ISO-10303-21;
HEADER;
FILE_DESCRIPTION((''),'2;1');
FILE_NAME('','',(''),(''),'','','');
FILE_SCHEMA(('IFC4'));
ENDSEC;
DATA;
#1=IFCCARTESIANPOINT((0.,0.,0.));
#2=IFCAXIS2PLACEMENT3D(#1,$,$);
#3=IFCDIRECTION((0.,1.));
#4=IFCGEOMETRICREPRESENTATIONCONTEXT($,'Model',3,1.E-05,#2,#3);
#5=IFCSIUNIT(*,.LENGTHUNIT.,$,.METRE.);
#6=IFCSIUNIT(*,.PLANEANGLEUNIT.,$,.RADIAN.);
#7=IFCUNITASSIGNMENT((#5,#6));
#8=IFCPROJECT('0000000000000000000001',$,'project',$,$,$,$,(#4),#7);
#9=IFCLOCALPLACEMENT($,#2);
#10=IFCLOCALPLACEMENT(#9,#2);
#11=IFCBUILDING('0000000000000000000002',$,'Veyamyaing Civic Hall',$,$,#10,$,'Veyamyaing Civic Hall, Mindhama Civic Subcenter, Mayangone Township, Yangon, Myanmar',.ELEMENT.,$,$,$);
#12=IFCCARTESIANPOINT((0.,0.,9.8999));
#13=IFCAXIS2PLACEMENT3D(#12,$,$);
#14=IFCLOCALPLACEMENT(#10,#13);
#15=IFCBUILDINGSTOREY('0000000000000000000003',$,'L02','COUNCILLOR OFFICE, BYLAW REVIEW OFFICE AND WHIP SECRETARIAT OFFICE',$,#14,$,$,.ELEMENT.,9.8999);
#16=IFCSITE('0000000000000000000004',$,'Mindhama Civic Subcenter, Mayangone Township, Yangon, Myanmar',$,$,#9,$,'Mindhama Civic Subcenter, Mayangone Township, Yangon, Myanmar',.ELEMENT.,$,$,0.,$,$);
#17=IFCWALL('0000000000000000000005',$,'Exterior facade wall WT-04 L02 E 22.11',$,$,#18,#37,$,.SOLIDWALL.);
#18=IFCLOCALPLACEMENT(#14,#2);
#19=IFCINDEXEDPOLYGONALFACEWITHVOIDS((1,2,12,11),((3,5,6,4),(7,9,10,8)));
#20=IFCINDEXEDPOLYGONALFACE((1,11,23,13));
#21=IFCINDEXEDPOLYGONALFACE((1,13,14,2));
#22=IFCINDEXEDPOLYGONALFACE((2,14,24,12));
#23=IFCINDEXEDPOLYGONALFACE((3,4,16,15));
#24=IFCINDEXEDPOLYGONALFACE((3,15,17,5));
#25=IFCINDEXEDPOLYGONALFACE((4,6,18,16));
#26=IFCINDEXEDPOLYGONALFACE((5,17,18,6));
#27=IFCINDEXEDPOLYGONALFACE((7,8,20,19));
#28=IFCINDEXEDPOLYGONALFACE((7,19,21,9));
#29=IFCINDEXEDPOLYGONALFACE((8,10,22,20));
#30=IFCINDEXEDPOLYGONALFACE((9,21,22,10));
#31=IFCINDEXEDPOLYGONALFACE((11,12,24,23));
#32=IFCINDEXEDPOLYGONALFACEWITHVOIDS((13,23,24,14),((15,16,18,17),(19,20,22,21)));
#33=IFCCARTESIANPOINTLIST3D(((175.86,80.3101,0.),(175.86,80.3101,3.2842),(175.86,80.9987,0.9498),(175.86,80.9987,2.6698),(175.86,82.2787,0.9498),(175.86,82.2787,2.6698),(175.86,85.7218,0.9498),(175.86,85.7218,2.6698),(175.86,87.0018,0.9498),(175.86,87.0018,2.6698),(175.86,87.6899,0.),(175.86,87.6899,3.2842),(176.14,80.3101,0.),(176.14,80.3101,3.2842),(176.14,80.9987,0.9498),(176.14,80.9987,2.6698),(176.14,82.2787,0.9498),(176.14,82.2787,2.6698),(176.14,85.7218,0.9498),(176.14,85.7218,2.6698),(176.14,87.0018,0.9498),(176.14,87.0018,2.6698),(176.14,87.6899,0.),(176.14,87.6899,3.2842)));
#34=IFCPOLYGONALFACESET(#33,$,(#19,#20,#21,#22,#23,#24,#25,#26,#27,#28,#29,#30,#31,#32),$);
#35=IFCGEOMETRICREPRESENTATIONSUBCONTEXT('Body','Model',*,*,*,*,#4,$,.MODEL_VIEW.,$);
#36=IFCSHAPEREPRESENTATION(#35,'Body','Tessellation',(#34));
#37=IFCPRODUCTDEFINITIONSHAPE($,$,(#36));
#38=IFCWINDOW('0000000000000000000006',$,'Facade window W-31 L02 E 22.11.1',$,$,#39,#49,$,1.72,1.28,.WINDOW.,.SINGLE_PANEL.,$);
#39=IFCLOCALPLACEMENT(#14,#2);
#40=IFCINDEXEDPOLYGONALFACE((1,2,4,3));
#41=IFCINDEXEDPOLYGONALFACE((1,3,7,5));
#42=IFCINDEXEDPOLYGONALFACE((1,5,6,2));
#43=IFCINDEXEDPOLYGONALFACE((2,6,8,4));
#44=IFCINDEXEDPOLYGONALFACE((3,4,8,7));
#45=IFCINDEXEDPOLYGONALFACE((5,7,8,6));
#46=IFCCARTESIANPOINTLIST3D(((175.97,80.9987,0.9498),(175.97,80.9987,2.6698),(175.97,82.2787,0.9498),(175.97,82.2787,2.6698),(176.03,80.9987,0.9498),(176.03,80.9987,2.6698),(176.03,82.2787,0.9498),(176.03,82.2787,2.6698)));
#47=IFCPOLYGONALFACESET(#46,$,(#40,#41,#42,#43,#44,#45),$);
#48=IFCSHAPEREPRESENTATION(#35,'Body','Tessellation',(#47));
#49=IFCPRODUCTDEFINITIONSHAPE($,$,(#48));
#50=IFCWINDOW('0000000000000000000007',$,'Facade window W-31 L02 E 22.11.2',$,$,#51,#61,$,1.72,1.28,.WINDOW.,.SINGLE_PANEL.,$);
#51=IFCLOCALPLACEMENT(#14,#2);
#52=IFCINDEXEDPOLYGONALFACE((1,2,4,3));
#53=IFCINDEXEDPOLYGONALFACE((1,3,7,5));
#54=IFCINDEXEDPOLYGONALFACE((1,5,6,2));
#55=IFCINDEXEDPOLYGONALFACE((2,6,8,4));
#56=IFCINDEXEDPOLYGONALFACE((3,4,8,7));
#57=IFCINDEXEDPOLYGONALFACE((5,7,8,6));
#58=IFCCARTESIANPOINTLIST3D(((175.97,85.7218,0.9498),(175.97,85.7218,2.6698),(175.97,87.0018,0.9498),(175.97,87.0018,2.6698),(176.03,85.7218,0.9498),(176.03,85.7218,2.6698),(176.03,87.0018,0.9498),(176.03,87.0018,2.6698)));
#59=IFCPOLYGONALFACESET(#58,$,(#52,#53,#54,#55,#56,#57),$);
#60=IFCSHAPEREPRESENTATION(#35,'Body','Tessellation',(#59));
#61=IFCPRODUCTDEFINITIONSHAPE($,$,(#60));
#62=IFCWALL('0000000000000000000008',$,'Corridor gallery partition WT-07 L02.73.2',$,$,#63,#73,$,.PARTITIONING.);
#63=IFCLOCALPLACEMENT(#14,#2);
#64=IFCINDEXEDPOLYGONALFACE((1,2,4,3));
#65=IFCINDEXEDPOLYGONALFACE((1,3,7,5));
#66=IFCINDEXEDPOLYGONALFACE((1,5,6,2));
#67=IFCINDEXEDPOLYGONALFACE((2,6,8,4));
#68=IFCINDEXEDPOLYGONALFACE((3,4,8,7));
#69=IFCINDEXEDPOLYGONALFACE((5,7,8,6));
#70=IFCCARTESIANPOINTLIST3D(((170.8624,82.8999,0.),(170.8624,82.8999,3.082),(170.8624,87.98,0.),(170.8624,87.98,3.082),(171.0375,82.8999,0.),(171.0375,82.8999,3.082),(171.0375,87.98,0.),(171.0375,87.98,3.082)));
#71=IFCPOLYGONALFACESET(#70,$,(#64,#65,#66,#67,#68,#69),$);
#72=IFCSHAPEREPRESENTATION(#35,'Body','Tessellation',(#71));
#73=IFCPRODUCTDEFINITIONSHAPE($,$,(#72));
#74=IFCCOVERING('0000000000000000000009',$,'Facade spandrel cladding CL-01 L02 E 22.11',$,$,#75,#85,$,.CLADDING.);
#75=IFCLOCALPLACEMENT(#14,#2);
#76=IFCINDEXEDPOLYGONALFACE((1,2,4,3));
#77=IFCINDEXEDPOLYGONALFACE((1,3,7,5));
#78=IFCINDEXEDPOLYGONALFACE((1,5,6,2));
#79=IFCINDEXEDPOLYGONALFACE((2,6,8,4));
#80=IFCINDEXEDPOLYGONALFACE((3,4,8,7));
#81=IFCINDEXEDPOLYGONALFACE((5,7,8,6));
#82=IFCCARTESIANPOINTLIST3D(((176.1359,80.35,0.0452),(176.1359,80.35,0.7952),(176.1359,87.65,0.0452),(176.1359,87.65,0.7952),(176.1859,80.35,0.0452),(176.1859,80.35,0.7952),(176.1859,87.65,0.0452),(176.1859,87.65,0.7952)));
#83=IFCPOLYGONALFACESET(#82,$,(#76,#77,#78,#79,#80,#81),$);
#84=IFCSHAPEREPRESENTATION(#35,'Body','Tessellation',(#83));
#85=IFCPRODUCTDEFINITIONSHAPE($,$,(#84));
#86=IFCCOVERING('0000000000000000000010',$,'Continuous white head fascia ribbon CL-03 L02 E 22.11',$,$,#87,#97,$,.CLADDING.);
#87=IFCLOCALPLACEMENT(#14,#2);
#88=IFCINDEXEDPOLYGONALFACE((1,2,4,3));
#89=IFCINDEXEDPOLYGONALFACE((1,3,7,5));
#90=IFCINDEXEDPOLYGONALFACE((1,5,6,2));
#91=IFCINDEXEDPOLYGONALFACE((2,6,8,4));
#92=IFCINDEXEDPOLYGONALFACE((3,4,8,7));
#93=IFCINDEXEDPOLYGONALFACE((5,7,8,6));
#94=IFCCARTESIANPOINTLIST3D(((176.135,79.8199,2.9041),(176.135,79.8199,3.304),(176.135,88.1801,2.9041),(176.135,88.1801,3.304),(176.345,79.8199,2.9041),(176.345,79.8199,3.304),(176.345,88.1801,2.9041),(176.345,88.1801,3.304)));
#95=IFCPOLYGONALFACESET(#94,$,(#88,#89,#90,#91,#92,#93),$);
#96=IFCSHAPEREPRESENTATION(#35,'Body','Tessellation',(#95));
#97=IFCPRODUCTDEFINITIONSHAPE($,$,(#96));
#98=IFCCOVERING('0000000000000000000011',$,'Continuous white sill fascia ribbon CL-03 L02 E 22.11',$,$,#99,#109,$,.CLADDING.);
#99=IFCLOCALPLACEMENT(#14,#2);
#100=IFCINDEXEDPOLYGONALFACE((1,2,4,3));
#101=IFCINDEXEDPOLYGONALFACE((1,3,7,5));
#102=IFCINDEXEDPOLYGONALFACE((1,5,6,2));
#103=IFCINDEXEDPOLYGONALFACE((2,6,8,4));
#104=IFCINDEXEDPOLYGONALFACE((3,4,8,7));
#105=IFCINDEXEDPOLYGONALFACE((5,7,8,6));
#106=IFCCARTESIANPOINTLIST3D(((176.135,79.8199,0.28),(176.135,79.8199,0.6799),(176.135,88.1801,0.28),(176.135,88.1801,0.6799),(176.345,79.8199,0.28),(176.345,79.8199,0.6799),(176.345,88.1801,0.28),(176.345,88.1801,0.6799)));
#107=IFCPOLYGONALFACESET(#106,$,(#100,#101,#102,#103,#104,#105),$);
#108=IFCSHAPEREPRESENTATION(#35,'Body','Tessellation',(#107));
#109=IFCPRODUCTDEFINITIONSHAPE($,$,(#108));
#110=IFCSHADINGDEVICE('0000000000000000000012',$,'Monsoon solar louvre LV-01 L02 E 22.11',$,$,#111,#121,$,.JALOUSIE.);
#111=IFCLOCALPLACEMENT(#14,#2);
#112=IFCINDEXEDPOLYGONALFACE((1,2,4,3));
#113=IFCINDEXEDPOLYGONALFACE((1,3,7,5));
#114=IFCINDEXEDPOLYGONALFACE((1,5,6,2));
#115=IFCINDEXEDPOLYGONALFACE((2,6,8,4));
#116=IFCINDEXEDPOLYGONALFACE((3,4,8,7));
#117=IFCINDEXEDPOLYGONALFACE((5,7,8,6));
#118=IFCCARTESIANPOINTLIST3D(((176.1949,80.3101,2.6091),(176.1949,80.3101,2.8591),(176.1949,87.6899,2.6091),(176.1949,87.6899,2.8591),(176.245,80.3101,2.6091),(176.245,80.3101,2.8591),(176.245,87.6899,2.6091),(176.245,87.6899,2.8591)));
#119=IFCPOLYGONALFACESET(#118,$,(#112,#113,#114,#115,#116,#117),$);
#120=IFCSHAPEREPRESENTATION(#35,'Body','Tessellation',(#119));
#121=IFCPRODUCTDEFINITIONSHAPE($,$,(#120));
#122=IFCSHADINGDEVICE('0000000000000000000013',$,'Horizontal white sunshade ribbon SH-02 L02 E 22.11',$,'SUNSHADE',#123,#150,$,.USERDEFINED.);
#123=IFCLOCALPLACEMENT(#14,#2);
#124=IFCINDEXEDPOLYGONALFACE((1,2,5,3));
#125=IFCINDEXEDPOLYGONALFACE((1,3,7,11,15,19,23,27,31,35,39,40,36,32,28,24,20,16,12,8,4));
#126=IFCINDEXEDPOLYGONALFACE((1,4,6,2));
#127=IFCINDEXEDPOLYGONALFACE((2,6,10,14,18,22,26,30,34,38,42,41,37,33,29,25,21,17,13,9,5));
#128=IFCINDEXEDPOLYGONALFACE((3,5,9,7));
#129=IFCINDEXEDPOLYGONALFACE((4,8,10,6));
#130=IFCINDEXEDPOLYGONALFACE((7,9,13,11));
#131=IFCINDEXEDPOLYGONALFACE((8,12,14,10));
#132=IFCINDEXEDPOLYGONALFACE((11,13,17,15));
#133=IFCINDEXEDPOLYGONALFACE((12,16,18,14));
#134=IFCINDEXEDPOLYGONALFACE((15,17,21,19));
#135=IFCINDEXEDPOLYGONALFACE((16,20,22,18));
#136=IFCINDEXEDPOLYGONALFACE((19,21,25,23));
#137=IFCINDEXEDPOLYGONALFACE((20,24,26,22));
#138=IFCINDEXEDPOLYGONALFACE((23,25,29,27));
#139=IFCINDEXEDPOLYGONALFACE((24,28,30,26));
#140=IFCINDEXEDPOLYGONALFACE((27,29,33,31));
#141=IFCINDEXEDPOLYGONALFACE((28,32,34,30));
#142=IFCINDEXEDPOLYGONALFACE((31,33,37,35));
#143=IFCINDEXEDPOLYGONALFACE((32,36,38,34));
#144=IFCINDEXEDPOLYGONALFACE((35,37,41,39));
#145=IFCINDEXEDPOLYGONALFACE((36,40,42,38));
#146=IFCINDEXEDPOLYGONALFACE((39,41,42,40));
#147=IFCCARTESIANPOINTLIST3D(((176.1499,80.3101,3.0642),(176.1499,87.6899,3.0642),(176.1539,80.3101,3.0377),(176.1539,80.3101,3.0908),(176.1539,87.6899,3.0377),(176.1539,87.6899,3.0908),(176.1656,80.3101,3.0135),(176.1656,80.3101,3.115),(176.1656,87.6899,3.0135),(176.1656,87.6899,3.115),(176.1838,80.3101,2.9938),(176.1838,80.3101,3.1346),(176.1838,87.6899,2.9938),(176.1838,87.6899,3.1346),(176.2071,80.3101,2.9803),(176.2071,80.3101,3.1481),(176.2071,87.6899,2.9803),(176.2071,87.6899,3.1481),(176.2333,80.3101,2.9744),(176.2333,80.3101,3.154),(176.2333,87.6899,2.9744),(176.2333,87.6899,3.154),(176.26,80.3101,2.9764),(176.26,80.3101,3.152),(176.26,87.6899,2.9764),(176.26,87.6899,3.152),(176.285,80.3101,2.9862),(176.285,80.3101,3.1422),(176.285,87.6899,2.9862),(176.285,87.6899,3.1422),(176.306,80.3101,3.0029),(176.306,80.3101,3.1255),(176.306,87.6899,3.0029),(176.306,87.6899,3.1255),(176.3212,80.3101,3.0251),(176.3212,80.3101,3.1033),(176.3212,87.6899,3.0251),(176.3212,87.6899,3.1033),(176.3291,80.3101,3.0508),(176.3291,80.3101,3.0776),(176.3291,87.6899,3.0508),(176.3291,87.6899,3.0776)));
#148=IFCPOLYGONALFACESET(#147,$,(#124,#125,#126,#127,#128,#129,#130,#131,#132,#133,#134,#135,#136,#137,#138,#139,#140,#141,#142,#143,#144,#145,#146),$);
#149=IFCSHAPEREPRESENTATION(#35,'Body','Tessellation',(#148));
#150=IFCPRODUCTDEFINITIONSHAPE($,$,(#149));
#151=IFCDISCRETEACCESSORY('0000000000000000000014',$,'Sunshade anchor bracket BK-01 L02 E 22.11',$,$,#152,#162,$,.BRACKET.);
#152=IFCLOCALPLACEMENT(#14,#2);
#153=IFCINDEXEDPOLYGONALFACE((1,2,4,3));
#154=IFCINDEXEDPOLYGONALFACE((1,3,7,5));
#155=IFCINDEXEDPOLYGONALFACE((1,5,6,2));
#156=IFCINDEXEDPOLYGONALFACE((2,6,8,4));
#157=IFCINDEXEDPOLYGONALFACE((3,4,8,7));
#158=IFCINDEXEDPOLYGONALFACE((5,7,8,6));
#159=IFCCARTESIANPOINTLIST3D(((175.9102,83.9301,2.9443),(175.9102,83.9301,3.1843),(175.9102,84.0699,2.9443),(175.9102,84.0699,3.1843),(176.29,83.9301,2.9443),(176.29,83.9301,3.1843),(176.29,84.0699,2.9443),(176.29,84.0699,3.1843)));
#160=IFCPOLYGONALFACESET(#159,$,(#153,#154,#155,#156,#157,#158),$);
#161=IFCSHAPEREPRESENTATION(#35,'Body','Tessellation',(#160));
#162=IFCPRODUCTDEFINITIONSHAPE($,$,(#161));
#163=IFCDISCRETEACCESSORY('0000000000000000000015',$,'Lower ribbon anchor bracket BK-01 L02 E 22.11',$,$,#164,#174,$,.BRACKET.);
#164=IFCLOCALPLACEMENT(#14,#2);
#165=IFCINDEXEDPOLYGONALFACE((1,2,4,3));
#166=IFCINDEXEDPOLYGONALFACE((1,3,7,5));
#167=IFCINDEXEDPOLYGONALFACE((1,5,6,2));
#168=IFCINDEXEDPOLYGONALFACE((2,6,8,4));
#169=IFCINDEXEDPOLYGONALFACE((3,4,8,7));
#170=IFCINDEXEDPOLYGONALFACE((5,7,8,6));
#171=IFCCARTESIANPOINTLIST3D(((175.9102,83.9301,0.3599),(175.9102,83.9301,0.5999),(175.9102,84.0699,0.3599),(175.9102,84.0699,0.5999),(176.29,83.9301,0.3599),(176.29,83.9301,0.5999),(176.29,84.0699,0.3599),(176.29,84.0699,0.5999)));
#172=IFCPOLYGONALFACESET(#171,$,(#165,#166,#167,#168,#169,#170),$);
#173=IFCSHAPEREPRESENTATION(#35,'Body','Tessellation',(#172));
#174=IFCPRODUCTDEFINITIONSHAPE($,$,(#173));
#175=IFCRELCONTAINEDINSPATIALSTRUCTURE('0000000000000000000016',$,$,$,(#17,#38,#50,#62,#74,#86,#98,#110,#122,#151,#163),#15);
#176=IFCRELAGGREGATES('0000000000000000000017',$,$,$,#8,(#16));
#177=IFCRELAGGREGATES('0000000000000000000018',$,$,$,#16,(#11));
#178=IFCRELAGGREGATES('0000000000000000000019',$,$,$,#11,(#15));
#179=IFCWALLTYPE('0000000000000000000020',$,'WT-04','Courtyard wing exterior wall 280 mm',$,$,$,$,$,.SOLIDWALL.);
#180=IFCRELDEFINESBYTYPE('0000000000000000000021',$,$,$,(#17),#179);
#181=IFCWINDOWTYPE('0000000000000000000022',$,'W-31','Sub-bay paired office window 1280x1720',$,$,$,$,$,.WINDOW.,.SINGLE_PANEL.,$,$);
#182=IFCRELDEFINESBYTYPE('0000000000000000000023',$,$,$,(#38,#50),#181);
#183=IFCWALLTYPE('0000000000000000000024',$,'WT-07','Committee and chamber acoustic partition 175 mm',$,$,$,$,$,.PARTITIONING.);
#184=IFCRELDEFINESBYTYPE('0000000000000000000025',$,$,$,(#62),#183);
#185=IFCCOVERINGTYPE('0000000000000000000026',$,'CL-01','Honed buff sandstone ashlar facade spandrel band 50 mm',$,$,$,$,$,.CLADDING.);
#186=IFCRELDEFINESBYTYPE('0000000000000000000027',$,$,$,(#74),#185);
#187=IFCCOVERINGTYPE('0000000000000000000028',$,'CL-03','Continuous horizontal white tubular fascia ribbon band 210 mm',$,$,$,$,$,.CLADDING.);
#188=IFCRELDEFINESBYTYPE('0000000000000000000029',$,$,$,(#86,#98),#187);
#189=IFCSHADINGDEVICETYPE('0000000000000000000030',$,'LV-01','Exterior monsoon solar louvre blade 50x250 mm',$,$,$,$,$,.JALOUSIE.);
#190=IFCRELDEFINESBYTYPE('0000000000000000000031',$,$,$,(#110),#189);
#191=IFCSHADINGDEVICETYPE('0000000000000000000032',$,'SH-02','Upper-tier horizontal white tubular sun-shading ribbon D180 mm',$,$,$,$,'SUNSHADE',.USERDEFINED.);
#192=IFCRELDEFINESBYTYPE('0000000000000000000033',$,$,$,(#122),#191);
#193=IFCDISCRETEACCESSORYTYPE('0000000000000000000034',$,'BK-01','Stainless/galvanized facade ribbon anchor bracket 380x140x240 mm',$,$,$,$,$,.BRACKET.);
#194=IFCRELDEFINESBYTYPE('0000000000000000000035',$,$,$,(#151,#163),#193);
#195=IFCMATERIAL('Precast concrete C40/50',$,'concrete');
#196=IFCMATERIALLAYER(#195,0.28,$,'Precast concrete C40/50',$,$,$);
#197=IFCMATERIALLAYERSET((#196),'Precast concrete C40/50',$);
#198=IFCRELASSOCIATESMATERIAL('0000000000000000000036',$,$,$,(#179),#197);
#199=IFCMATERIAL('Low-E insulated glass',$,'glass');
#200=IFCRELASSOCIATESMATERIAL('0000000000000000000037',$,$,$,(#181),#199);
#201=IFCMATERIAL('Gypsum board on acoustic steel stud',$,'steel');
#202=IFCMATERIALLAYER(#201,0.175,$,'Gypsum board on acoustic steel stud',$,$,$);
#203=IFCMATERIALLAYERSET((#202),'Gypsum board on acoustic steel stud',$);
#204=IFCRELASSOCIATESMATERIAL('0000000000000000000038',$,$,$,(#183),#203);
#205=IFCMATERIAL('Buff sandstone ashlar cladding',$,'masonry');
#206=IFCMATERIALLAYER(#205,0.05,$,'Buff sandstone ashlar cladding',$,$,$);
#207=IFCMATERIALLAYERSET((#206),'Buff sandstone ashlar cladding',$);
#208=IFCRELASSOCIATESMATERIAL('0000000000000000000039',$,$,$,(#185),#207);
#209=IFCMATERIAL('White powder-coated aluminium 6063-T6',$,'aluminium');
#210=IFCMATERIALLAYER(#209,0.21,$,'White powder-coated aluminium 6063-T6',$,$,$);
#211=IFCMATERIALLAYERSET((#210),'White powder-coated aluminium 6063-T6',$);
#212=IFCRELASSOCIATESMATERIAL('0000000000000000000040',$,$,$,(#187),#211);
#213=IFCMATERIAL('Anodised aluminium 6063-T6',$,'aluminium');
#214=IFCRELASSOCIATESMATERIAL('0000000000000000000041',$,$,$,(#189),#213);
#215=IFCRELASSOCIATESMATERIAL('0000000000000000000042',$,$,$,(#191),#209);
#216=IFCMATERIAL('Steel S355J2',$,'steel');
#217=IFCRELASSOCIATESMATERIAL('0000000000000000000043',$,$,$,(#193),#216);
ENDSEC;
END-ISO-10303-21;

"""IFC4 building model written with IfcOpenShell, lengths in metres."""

from ifc_helpers import new_model, si_unit, direction, frame, frame_2d, origin, origin_2d, place, context, subcontext, project, spatial, rectangle, circle, extrude, material, layer, layer_set, material_profile, profile_set, type_object, element, fill, save


model = new_model("IFC4")

# Units and contexts
model_context = context("Model", 3, precision=1e-05, world=origin(), true_north=direction((0.0, 1.0)))
body_context = subcontext(model_context, "Body", "Model", "MODEL_VIEW")
ifc_project = project(units=[si_unit("LENGTHUNIT", "METRE"), si_unit("PLANEANGLEUNIT", "RADIAN")], contexts=[model_context])

# Site, building, storey
site_placement = place(None, origin())
site = spatial("IfcSite", under=ifc_project, at=site_placement, Name="Mindhama Civic Subcenter, Mayangone Township, Yangon, Myanmar", LongName="Mindhama Civic Subcenter, Mayangone Township, Yangon, Myanmar", CompositionType="ELEMENT", RefElevation=0.0)
building_placement = place(site_placement, origin())
building = spatial("IfcBuilding", under=site, at=building_placement, Name="Veyamyaing Civic Hall", LongName="Veyamyaing Civic Hall, Mindhama Civic Subcenter, Mayangone Township, Yangon, Myanmar", CompositionType="ELEMENT")
storey_placement = place(building_placement, frame((0.0, 0.0, 9.8999)))
storey = spatial("IfcBuildingStorey", under=building, at=storey_placement, Name="L02", Description="COUNCILLOR OFFICE, BYLAW REVIEW OFFICE AND WHIP SECRETARIAT OFFICE", CompositionType="ELEMENT", Elevation=9.8999)

# Shared definitions
ifc_material_1 = material(Name="Anodised aluminium 6063-T6", Category="aluminium")
ifc_material_2 = material(Name="Low-E insulated glass", Category="glass")

# Wall, openings, windows
ifc_material_3 = material(Name="Precast concrete C40/50", Category="concrete")
ifc_layer_1 = layer(ifc_material_3, 0.28, Name="Precast concrete C40/50")
ifc_layer_set_1 = layer_set([ifc_layer_1], Name="Precast concrete C40/50")
wall_type_1 = type_object("IfcWallType", Name="WT-04", Description="Courtyard wing exterior wall 280 mm", PredefinedType="SOLIDWALL", material=ifc_layer_set_1)
wall_1_placement = place(storey_placement, frame((176.0, 80.3101, 0.0), z_axis=(0.0, 0.0, 1.0), x_axis=(0.0, 1.0, 0.0)))
wall_1 = element("IfcWall", 1, at=wall_1_placement, inside=storey, type_object=wall_type_1, Name="Exterior facade wall WT-04 L02 E 22.11", PredefinedType="SOLIDWALL", context=body_context, shape_type="SweptSolid", body=[
    extrude(rectangle(XDim=7.3799, YDim=0.28, at=frame_2d((3.6899, 0.0))), origin(), (0.0, 0.0, 1.0), 3.2842),
])
opening_1_placement = place(wall_1_placement, frame((0.6885, 0.0, 0.95)))
opening_1 = element("IfcOpeningElement", 2, at=opening_1_placement, cuts=wall_1, PredefinedType="OPENING", context=body_context, shape_type="SweptSolid", body=[
    extrude(rectangle(XDim=1.28, YDim=1.72, at=frame_2d((0.6401, 0.8599))), frame((0.0, 0.1499, 0.0), z_axis=(0.0, -1.0, 0.0), x_axis=(1.0, 0.0, 0.0)), (0.0, 0.0, 1.0), 0.3),
])
opening_2_placement = place(wall_1_placement, frame((5.4116, 0.0, 0.95)))
opening_2 = element("IfcOpeningElement", 3, at=opening_2_placement, cuts=wall_1, PredefinedType="OPENING", context=body_context, shape_type="SweptSolid", body=[
    extrude(rectangle(XDim=1.28, YDim=1.72, at=frame_2d((0.6401, 0.8599))), frame((0.0, 0.1499, 0.0), z_axis=(0.0, -1.0, 0.0), x_axis=(1.0, 0.0, 0.0)), (0.0, 0.0, 1.0), 0.3),
])
window_type = type_object("IfcWindowType", Name="W-31", Description="Sub-bay paired office window 1280x1720", PartitioningType="SINGLE_PANEL", PredefinedType="WINDOW", material=ifc_material_2)
window_1_placement = place(opening_1_placement, origin())
window_1 = element("IfcWindow", 4, at=window_1_placement, inside=storey, type_object=window_type, Name="Facade window W-31 L02 E 22.11.1", OverallHeight=1.72, OverallWidth=1.28, PartitioningType="SINGLE_PANEL", PredefinedType="WINDOW", context=body_context, shape_type="SweptSolid", body=[
    extrude(rectangle(XDim=1.28, YDim=1.72, at=frame_2d((0.6401, 0.8599))), frame((0.0, 0.03, 0.0), z_axis=(0.0, -1.0, 0.0), x_axis=(1.0, 0.0, 0.0)), (0.0, 0.0, 1.0), 0.0601),
])
fill(opening_1, window_1)
window_2_placement = place(opening_2_placement, origin())
window_2 = element("IfcWindow", 5, at=window_2_placement, inside=storey, type_object=window_type, Name="Facade window W-31 L02 E 22.11.2", OverallHeight=1.72, OverallWidth=1.28, PartitioningType="SINGLE_PANEL", PredefinedType="WINDOW", context=body_context, shape_type="SweptSolid", body=[
    extrude(rectangle(XDim=1.28, YDim=1.72, at=frame_2d((0.6401, 0.8599))), frame((0.0, 0.03, 0.0), z_axis=(0.0, -1.0, 0.0), x_axis=(1.0, 0.0, 0.0)), (0.0, 0.0, 1.0), 0.0601),
])
fill(opening_2, window_2)

# Wall
ifc_material_4 = material(Name="Gypsum board on acoustic steel stud", Category="steel")
ifc_layer_2 = layer(ifc_material_4, 0.175, Name="Gypsum board on acoustic steel stud")
ifc_layer_set_2 = layer_set([ifc_layer_2], Name="Gypsum board on acoustic steel stud")
wall_type_2 = type_object("IfcWallType", Name="WT-07", Description="Committee and chamber acoustic partition 175 mm", PredefinedType="PARTITIONING", material=ifc_layer_set_2)
wall_2_placement = place(storey_placement, frame((170.95, 82.8999, 0.0), z_axis=(0.0, 0.0, 1.0), x_axis=(0.0, 1.0, 0.0)))
element("IfcWall", 6, at=wall_2_placement, inside=storey, type_object=wall_type_2, Name="Corridor gallery partition WT-07 L02.73.2", PredefinedType="PARTITIONING", context=body_context, shape_type="SweptSolid", body=[
    extrude(rectangle(XDim=5.0801, YDim=0.175, at=frame_2d((2.54, 0.0))), origin(), (0.0, 0.0, 1.0), 3.082),
])

# Coverings
ifc_material_5 = material(Name="Buff sandstone ashlar cladding", Category="masonry")
ifc_layer_3 = layer(ifc_material_5, 0.05, Name="Buff sandstone ashlar cladding")
ifc_layer_set_3 = layer_set([ifc_layer_3], Name="Buff sandstone ashlar cladding")
covering_type_1 = type_object("IfcCoveringType", Name="CL-01", Description="Honed buff sandstone ashlar facade spandrel band 50 mm", PredefinedType="CLADDING", material=ifc_layer_set_3)
covering_placement = place(storey_placement, frame((176.1609, 84.0, 0.0452), z_axis=(0.0, 0.0, 1.0), x_axis=(0.0, 1.0, 0.0)))
element("IfcCovering", 7, at=covering_placement, inside=storey, type_object=covering_type_1, Name="Facade spandrel cladding CL-01 L02 E 22.11", PredefinedType="CLADDING", context=body_context, shape_type="SweptSolid", body=[
    extrude(rectangle(XDim=7.3, YDim=0.05, at=origin_2d()), origin(), (0.0, 0.0, 1.0), 0.75),
])
ifc_material_6 = material(Name="White powder-coated aluminium 6063-T6", Category="aluminium")
ifc_layer_4 = layer(ifc_material_6, 0.21, Name="White powder-coated aluminium 6063-T6")
ifc_layer_set_4 = layer_set([ifc_layer_4], Name="White powder-coated aluminium 6063-T6")
covering_type_2 = type_object("IfcCoveringType", Name="CL-03", Description="Continuous horizontal white tubular fascia ribbon band 210 mm", PredefinedType="CLADDING", material=ifc_layer_set_4)
for number, where, z_axis, x_axis, name in (
    (8, (176.24, 84.0, 2.9041), (0.0, 0.0, 1.0), (0.0, 1.0, 0.0), "Continuous white head fascia ribbon CL-03 L02 E 22.11"),
    (9, (176.24, 84.0, 0.28), (0.0, 0.0, 1.0), (0.0, 1.0, 0.0), "Continuous white sill fascia ribbon CL-03 L02 E 22.11"),
):
    element("IfcCovering", number, at=place(storey_placement, frame(where, z_axis=z_axis, x_axis=x_axis)), inside=storey, type_object=covering_type_2, Name=name, PredefinedType="CLADDING", context=body_context, shape_type="SweptSolid", body=[
        extrude(rectangle(XDim=8.3601, YDim=0.21, at=origin_2d()), origin(), (0.0, 0.0, 1.0), 0.3999),
    ])

# Shading devices
ifc_material_profile_1 = material_profile(ifc_material_1, rectangle(XDim=0.05, YDim=0.25, at=origin_2d()), Name="LOUVRE-BLADE-50X250")
ifc_profile_set_1 = profile_set([ifc_material_profile_1], Name="Anodised aluminium 6063-T6")
shading_device_type_1 = type_object("IfcShadingDeviceType", Name="LV-01", Description="Exterior monsoon solar louvre blade 50x250 mm", PredefinedType="JALOUSIE", material=ifc_profile_set_1)
shading_device_1_placement = place(storey_placement, frame((176.22, 80.3101, 2.7341), z_axis=(0.0, 1.0, 0.0), x_axis=(-1.0, 0.0, 0.0)))
element("IfcShadingDevice", 10, at=shading_device_1_placement, inside=storey, type_object=shading_device_type_1, Name="Monsoon solar louvre LV-01 L02 E 22.11", PredefinedType="JALOUSIE", context=body_context, shape_type="SweptSolid", body=[
    extrude(rectangle(XDim=0.05, YDim=0.25, at=origin_2d()), origin(), (0.0, 0.0, 1.0), 7.3799),
])
ifc_material_profile_2 = material_profile(ifc_material_6, circle(Radius=0.0901, at=origin_2d()), Name="SHADE-TUBE-180")
ifc_profile_set_2 = profile_set([ifc_material_profile_2], Name="White powder-coated aluminium 6063-T6")
shading_device_type_2 = type_object("IfcShadingDeviceType", Name="SH-02", Description="Upper-tier horizontal white tubular sun-shading ribbon D180 mm", ElementType="SUNSHADE", PredefinedType="USERDEFINED", material=ifc_profile_set_2)
shading_device_2_placement = place(storey_placement, frame((176.24, 80.3101, 3.0642), z_axis=(0.0, 1.0, 0.0), x_axis=(-1.0, 0.0, 0.0)))
element("IfcShadingDevice", 11, at=shading_device_2_placement, inside=storey, type_object=shading_device_type_2, Name="Horizontal white sunshade ribbon SH-02 L02 E 22.11", ObjectType="SUNSHADE", PredefinedType="USERDEFINED", context=body_context, shape_type="SweptSolid", body=[
    extrude(circle(Radius=0.0901, at=origin_2d()), origin(), (0.0, 0.0, 1.0), 7.3799),
])

# Discrete accessories
ifc_material_7 = material(Name="Steel S355J2", Category="steel")
discrete_accessory_type = type_object("IfcDiscreteAccessoryType", Name="BK-01", Description="Stainless/galvanized facade ribbon anchor bracket 380x140x240 mm", PredefinedType="BRACKET", material=ifc_material_7)
for number, where, z_axis, x_axis, name in (
    (12, (176.1001, 84.0, 2.9443), (0.0, 0.0, 1.0), (1.0, 0.0, 0.0), "Sunshade anchor bracket BK-01 L02 E 22.11"),
    (13, (176.1001, 84.0, 0.3599), (0.0, 0.0, 1.0), (1.0, 0.0, 0.0), "Lower ribbon anchor bracket BK-01 L02 E 22.11"),
):
    element("IfcDiscreteAccessory", number, at=place(storey_placement, frame(where, z_axis=z_axis, x_axis=x_axis)), inside=storey, type_object=discrete_accessory_type, Name=name, PredefinedType="BRACKET", context=body_context, shape_type="SweptSolid", body=[
        extrude(rectangle(XDim=0.3799, YDim=0.1399, at=origin_2d()), origin(), (0.0, 0.0, 1.0), 0.24),
    ])

save(model, "model.ifc")
